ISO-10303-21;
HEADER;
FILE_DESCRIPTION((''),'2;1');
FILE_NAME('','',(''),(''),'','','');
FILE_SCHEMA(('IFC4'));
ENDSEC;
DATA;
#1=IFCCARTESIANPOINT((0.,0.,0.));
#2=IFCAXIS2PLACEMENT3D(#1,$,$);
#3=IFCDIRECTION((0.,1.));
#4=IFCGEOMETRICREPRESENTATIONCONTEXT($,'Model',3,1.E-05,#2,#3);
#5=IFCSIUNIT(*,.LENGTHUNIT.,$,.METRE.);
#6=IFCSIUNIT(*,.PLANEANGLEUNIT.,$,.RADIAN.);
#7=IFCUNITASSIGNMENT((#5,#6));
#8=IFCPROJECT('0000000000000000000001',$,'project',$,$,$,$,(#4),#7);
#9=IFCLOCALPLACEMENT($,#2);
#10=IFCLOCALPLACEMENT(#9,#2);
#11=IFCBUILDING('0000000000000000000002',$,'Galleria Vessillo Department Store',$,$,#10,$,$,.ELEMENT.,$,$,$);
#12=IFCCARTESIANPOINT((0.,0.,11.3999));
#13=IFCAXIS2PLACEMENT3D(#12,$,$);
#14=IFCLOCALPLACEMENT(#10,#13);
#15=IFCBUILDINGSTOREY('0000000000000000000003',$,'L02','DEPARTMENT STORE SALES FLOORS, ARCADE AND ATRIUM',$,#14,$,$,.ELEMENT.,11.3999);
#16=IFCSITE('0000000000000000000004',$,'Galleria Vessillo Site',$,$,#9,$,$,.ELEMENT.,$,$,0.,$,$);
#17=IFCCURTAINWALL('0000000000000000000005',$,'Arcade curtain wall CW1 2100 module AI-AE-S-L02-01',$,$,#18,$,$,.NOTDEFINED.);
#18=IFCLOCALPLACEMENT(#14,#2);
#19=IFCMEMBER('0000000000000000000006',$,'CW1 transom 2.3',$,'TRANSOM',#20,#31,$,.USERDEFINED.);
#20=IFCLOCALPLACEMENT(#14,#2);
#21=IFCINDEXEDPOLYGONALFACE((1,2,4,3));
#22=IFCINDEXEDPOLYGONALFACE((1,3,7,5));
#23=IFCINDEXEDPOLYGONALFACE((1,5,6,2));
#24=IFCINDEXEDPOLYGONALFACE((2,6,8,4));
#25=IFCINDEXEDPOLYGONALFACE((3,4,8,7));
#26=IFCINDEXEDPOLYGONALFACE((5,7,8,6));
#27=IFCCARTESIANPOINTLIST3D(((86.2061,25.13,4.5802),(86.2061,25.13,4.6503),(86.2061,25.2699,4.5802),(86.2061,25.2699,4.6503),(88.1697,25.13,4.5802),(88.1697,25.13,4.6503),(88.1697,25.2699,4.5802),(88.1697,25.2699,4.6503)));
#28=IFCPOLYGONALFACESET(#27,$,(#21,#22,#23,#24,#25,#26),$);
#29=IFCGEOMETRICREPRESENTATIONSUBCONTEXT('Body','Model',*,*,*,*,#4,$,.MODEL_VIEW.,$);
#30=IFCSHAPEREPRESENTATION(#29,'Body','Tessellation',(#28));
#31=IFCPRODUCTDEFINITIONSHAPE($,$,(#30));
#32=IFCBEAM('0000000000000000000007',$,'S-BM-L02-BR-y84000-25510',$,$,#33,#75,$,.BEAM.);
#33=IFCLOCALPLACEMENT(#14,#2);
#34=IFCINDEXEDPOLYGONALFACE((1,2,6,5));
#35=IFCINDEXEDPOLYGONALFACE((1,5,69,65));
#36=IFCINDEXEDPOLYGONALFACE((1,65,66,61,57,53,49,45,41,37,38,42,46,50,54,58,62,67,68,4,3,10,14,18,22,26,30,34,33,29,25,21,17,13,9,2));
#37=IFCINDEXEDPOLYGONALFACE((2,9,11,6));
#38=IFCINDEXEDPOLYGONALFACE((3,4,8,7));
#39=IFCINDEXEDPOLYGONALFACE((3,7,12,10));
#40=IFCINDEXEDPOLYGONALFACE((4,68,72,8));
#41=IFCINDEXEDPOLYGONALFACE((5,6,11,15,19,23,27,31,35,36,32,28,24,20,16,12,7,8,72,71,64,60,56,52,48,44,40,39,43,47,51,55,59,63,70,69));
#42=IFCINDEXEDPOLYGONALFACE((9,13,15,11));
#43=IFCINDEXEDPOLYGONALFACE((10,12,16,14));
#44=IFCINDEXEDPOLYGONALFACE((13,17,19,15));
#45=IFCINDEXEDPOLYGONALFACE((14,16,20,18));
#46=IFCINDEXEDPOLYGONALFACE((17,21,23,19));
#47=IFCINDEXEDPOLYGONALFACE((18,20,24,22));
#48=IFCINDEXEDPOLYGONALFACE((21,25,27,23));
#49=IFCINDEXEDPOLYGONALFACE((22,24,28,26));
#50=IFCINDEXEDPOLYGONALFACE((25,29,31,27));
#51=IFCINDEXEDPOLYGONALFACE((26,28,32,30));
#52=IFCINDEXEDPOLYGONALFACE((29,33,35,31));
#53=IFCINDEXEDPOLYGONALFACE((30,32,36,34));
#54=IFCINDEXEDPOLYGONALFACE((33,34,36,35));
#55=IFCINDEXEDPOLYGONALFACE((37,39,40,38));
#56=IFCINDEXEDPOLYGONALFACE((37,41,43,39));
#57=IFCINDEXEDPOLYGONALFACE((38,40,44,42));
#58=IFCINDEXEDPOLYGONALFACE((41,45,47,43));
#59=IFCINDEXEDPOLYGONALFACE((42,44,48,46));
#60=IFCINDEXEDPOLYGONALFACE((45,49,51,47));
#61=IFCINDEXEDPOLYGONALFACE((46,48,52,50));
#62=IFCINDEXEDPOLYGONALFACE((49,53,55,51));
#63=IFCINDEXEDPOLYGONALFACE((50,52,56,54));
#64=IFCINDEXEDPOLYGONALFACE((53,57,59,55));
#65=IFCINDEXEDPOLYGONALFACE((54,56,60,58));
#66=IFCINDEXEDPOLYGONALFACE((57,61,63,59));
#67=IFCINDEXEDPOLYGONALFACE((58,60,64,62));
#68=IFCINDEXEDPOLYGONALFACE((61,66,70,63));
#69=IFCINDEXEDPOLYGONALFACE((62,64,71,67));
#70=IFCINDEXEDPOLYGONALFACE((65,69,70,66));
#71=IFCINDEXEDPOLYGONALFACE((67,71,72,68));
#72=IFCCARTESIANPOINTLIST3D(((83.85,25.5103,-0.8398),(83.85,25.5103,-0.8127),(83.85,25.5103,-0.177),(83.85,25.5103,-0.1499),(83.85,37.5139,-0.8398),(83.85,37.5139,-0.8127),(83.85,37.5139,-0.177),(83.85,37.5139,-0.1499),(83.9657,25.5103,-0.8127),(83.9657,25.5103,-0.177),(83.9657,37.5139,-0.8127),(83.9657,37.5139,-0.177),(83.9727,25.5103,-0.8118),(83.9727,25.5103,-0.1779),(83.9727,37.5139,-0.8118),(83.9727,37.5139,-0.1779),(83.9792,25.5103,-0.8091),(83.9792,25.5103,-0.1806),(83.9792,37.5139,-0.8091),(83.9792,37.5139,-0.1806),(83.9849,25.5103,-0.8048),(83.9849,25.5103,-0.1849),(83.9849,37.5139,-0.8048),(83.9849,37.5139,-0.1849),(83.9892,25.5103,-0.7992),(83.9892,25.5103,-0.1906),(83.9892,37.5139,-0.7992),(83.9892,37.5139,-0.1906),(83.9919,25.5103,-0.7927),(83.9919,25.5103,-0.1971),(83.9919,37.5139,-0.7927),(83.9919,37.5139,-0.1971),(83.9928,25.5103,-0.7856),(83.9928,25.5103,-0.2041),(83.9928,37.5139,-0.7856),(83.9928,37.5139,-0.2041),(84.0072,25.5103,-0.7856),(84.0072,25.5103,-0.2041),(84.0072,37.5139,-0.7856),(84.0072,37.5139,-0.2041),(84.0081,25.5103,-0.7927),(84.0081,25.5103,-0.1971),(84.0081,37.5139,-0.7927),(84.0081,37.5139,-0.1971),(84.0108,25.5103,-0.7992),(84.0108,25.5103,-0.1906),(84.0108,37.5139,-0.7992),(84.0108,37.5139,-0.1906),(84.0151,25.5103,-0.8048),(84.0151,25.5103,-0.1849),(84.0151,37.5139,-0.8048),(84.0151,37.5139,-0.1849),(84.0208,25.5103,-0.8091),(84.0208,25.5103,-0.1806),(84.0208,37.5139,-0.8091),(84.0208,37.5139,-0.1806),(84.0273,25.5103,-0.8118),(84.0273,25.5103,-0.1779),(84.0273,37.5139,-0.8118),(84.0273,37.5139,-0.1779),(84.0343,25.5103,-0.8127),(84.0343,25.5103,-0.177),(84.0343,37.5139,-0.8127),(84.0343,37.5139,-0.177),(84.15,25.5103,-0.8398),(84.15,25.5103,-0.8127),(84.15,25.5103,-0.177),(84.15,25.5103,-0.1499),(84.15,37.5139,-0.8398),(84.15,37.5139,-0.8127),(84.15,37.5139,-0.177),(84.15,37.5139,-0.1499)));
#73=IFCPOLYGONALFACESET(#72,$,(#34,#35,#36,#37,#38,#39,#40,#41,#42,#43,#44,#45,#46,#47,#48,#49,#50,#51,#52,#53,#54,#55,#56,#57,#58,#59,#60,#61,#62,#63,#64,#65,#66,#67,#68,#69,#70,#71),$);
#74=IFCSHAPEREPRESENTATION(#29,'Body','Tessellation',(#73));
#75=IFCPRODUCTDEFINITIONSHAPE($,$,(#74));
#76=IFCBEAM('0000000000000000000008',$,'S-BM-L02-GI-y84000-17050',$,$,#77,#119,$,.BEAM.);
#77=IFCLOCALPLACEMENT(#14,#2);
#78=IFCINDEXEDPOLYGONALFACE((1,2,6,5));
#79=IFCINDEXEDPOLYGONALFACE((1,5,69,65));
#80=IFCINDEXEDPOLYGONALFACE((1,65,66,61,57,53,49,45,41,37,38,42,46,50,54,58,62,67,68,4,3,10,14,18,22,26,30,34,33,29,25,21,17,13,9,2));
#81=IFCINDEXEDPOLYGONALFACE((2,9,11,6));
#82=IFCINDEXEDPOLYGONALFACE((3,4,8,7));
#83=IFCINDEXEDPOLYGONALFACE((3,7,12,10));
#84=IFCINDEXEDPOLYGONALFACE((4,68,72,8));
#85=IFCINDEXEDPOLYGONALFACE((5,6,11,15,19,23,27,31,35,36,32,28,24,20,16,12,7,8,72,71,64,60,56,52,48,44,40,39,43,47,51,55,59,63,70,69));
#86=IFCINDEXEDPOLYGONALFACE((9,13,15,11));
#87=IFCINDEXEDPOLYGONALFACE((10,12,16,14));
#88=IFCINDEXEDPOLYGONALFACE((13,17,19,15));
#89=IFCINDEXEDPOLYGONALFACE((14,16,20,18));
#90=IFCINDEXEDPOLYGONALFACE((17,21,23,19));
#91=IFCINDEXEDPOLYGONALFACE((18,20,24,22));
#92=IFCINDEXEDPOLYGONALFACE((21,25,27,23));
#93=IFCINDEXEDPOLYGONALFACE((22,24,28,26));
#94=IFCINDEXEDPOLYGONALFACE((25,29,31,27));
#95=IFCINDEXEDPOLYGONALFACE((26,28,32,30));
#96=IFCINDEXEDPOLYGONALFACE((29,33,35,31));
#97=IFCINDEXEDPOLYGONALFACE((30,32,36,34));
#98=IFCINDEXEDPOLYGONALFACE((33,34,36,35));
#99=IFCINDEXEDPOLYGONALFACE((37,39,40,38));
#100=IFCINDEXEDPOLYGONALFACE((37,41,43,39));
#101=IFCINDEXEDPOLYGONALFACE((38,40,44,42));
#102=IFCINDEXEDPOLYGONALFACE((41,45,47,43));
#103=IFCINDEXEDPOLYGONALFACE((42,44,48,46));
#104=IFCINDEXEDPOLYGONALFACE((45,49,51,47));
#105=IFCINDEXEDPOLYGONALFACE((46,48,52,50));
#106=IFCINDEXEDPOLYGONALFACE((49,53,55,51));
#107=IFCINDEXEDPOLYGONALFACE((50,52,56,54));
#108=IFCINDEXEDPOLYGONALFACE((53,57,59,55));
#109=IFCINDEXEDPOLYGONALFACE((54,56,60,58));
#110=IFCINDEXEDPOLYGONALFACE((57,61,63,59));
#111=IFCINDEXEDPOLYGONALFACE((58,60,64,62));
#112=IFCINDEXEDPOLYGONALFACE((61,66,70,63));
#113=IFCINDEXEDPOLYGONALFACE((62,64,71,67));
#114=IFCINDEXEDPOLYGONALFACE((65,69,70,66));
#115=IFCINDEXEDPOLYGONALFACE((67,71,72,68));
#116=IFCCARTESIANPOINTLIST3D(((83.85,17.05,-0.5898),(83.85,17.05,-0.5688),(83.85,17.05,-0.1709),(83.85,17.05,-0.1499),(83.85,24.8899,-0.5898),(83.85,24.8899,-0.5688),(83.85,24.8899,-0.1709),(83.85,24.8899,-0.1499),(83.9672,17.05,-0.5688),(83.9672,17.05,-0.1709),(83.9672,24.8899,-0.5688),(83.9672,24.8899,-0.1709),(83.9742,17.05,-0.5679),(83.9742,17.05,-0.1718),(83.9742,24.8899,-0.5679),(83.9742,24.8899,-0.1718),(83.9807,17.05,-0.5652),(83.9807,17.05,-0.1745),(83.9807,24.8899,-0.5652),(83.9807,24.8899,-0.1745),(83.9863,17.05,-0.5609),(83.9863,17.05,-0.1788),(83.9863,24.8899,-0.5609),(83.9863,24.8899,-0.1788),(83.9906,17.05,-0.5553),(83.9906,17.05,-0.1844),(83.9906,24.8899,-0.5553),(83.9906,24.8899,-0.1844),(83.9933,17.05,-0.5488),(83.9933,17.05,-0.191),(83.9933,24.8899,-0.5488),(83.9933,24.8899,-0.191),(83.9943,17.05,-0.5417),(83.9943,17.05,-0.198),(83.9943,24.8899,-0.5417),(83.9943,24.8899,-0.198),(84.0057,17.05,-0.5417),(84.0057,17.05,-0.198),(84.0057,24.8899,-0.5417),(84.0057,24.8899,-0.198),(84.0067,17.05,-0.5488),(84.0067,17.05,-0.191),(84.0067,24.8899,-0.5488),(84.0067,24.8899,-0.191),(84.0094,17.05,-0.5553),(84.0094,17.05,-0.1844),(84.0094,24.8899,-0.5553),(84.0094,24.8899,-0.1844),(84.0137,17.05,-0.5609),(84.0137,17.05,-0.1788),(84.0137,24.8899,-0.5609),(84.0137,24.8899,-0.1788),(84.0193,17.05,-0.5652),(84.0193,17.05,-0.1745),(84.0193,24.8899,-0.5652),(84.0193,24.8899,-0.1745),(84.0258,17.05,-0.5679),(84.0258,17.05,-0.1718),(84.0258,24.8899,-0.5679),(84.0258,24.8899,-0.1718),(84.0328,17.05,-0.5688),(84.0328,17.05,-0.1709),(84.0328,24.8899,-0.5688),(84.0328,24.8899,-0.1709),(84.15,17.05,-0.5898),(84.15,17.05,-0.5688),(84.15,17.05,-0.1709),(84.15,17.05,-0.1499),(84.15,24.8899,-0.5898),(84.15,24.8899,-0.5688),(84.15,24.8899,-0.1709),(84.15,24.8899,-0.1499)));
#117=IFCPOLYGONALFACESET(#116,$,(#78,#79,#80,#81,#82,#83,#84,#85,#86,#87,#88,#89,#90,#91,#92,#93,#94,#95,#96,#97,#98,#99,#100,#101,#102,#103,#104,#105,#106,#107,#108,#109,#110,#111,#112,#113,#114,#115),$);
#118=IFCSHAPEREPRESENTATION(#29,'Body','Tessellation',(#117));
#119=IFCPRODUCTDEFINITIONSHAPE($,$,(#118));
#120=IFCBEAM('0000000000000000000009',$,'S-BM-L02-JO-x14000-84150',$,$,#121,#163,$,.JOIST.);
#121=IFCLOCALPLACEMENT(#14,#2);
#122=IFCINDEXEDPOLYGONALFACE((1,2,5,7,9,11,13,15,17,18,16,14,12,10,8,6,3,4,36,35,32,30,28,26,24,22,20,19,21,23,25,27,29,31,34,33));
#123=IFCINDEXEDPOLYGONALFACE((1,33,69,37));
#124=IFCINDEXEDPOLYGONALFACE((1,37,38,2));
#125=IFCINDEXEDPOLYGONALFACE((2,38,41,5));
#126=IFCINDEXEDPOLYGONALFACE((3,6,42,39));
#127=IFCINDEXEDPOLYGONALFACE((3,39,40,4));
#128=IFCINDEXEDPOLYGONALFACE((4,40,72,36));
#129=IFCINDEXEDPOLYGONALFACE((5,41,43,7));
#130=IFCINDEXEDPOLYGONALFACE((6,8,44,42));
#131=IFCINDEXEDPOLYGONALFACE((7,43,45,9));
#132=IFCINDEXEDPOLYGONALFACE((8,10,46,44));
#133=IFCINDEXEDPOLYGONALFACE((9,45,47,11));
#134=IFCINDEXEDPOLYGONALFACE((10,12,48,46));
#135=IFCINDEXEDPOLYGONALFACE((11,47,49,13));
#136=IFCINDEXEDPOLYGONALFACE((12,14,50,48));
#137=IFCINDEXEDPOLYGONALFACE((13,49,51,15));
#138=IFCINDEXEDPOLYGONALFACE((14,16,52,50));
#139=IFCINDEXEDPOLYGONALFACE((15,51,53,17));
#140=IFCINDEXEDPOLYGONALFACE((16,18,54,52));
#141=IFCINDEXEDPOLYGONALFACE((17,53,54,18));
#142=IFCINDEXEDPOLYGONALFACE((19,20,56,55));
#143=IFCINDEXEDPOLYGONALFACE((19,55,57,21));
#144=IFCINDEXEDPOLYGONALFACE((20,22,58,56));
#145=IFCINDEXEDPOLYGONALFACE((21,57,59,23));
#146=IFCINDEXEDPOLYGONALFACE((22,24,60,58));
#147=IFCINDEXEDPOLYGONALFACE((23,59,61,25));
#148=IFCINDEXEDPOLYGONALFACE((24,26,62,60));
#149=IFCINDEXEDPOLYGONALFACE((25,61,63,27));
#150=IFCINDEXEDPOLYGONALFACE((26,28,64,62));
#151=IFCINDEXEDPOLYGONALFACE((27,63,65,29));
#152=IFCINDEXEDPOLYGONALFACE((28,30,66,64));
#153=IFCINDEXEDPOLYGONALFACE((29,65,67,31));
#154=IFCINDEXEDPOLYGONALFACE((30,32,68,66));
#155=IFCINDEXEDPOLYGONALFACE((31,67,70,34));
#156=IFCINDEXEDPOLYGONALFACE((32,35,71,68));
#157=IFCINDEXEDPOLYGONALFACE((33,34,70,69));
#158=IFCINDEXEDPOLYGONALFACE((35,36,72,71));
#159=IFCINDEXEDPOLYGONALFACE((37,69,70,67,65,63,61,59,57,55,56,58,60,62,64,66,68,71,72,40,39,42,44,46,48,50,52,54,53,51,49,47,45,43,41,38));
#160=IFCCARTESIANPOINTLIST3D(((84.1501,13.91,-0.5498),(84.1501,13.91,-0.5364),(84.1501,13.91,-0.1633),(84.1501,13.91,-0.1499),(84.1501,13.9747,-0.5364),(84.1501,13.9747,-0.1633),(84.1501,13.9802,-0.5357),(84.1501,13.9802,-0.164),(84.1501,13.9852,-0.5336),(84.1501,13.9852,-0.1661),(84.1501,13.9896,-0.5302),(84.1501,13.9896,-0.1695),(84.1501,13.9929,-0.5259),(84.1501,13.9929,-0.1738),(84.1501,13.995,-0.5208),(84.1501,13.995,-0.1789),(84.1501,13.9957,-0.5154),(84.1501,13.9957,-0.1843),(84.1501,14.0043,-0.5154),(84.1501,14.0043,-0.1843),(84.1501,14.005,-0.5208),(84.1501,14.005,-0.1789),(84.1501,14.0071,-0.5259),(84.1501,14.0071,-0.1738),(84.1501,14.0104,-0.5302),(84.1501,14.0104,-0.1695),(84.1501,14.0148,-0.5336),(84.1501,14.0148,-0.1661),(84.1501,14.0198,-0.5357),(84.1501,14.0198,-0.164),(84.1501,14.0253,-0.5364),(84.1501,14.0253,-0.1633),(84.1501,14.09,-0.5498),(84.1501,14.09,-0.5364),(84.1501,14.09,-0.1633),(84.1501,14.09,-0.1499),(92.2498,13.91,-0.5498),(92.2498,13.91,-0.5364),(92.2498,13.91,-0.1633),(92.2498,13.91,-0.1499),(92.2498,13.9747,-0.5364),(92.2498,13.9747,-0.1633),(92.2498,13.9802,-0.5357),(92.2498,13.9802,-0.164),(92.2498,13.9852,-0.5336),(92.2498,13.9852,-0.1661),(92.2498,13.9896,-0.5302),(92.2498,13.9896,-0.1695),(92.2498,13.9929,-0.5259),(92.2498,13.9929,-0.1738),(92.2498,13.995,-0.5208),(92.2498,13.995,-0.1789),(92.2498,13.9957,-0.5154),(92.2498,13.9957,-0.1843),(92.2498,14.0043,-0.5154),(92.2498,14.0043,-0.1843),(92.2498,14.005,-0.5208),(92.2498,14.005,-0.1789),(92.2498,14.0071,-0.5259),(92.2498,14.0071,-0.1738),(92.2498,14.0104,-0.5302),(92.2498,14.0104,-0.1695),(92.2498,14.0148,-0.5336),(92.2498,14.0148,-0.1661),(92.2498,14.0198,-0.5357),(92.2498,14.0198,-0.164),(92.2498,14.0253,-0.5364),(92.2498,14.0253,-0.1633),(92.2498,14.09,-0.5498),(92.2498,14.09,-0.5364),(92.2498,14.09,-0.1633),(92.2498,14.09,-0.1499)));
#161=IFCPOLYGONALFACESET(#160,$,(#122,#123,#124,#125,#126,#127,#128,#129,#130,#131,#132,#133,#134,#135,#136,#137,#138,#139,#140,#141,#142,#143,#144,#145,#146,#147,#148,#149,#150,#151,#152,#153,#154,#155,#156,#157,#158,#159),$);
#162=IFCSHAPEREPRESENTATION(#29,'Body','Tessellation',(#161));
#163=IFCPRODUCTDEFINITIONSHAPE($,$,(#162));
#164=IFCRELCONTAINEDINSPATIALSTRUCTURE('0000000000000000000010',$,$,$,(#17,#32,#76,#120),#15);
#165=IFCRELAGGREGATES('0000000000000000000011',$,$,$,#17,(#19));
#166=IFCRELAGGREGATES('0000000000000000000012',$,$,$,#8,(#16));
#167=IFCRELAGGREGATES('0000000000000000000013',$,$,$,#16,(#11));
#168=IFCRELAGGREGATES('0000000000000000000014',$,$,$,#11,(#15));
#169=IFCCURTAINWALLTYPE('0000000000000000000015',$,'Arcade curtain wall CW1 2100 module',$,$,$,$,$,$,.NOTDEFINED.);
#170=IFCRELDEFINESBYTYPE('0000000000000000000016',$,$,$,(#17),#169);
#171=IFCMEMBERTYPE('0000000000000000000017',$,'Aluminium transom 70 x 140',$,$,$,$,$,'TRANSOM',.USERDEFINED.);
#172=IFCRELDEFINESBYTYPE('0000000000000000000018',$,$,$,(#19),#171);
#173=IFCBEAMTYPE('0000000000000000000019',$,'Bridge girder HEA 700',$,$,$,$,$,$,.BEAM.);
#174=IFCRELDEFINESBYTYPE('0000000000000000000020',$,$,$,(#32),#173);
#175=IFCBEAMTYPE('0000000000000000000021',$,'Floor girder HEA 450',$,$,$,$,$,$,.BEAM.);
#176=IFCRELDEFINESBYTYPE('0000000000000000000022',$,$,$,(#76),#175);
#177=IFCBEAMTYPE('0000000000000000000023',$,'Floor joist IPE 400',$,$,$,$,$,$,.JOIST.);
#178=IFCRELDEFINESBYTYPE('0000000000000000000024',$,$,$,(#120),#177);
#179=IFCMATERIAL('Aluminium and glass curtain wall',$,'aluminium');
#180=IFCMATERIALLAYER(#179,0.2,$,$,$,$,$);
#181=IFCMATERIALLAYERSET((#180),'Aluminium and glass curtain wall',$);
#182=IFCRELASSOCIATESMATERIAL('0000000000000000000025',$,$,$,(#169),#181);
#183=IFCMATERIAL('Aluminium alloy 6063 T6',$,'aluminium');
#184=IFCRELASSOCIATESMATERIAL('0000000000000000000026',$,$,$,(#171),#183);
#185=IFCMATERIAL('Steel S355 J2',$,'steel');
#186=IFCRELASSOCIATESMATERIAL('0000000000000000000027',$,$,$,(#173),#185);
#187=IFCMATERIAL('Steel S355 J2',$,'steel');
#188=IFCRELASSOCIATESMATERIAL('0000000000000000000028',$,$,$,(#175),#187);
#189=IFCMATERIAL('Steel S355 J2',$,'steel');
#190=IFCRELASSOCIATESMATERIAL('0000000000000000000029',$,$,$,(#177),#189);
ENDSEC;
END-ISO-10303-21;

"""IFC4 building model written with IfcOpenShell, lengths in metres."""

from ifc_helpers import new_model, si_unit, direction, frame, origin, origin_2d, place, context, subcontext, project, spatial, rectangle, i_section, extrude, material, layer, layer_set, material_profile, profile_set, type_object, element, aggregate, save


model = new_model("IFC4")

# Units and contexts
model_context = context("Model", 3, precision=1e-05, world=origin(), true_north=direction((0.0, 1.0)))
body_context = subcontext(model_context, "Body", "Model", "MODEL_VIEW")
ifc_project = project(units=[si_unit("LENGTHUNIT", "METRE"), si_unit("PLANEANGLEUNIT", "RADIAN")], contexts=[model_context])

# Site, building, storey
site_placement = place(None, origin())
site = spatial("IfcSite", under=ifc_project, at=site_placement, Name="Galleria Vessillo Site", CompositionType="ELEMENT", RefElevation=0.0)
building_placement = place(site_placement, origin())
building = spatial("IfcBuilding", under=site, at=building_placement, Name="Galleria Vessillo Department Store", CompositionType="ELEMENT")
storey_placement = place(building_placement, frame((0.0, 0.0, 11.3999)))
storey = spatial("IfcBuildingStorey", under=building, at=storey_placement, Name="L02", Description="DEPARTMENT STORE SALES FLOORS, ARCADE AND ATRIUM", CompositionType="ELEMENT", Elevation=11.3999)

# Curtain wall, member
ifc_material_1 = material(Name="Aluminium and glass curtain wall", Category="aluminium")
ifc_layer_1 = layer(ifc_material_1, 0.2)
ifc_layer_set_1 = layer_set([ifc_layer_1], Name="Aluminium and glass curtain wall")
curtain_wall_type = type_object("IfcCurtainWallType", Name="Arcade curtain wall CW1 2100 module", PredefinedType="NOTDEFINED", material=ifc_layer_set_1)
curtain_wall_placement = place(storey_placement, origin())
curtain_wall = element("IfcCurtainWall", 1, at=curtain_wall_placement, inside=storey, type_object=curtain_wall_type, Name="Arcade curtain wall CW1 2100 module AI-AE-S-L02-01", PredefinedType="NOTDEFINED")
ifc_material_2 = material(Name="Aluminium alloy 6063 T6", Category="aluminium")
ifc_material_profile_1 = material_profile(ifc_material_2, rectangle(XDim=0.1399, YDim=0.0701, at=origin_2d()), Name="AL 70x140")
ifc_profile_set_1 = profile_set([ifc_material_profile_1], Name="Aluminium alloy 6063 T6")
member_type_1 = type_object("IfcMemberType", Name="Aluminium transom 70 x 140", ElementType="TRANSOM", PredefinedType="USERDEFINED", material=ifc_profile_set_1)
member_1_placement = place(storey_placement, frame((86.2061, 25.2, 4.6152), z_axis=(1.0, 0.0, 0.0), x_axis=(0.0, 1.0, 0.0)))
member_1 = element("IfcMember", 2, at=member_1_placement, type_object=member_type_1, Name="CW1 transom 2.3", ObjectType="TRANSOM", PredefinedType="USERDEFINED", context=body_context, shape_type="SweptSolid", body=[
    extrude(rectangle(XDim=0.1399, YDim=0.0701, at=origin_2d()), origin(), (0.0, 0.0, 1.0), 1.9636),
])

# Beams
ifc_material_3 = material(Name="Steel S355 J2", Category="steel")
ifc_material_profile_2 = material_profile(ifc_material_3, i_section(OverallWidth=0.3, OverallDepth=0.6899, WebThickness=0.0144, FlangeThickness=0.0271, FilletRadius=0.0271, at=origin_2d()), Name="HEA 700")
ifc_profile_set_2 = profile_set([ifc_material_profile_2], Name="Steel S355 J2")
beam_type_1 = type_object("IfcBeamType", Name="Bridge girder HEA 700", PredefinedType="BEAM", material=ifc_profile_set_2)
beam_1_placement = place(storey_placement, frame((84.0, 25.5103, -0.4949), z_axis=(0.0, 1.0, 0.0), x_axis=(-1.0, 0.0, 0.0)))
element("IfcBeam", 3, at=beam_1_placement, inside=storey, type_object=beam_type_1, Name="S-BM-L02-BR-y84000-25510", PredefinedType="BEAM", context=body_context, shape_type="SweptSolid", body=[
    extrude(i_section(OverallWidth=0.3, OverallDepth=0.6899, WebThickness=0.0144, FlangeThickness=0.0271, FilletRadius=0.0271, at=origin_2d()), origin(), (0.0, 0.0, 1.0), 12.0037),
])
ifc_material_4 = material(Name="Steel S355 J2", Category="steel")
ifc_material_profile_3 = material_profile(ifc_material_4, i_section(OverallWidth=0.3, OverallDepth=0.4399, WebThickness=0.0115, FlangeThickness=0.021, FilletRadius=0.0271, at=origin_2d()), Name="HEA 450")
ifc_profile_set_3 = profile_set([ifc_material_profile_3], Name="Steel S355 J2")
beam_type_2 = type_object("IfcBeamType", Name="Floor girder HEA 450", PredefinedType="BEAM", material=ifc_profile_set_3)
beam_2_placement = place(storey_placement, frame((84.0, 17.05, -0.3699), z_axis=(0.0, 1.0, 0.0), x_axis=(-1.0, 0.0, 0.0)))
element("IfcBeam", 4, at=beam_2_placement, inside=storey, type_object=beam_type_2, Name="S-BM-L02-GI-y84000-17050", PredefinedType="BEAM", context=body_context, shape_type="SweptSolid", body=[
    extrude(i_section(OverallWidth=0.3, OverallDepth=0.4399, WebThickness=0.0115, FlangeThickness=0.021, FilletRadius=0.0271, at=origin_2d()), origin(), (0.0, 0.0, 1.0), 7.8398),
])
ifc_material_5 = material(Name="Steel S355 J2", Category="steel")
ifc_material_profile_4 = material_profile(ifc_material_5, i_section(OverallWidth=0.1799, OverallDepth=0.3999, WebThickness=0.0085, FlangeThickness=0.0134, FilletRadius=0.021, at=origin_2d()), Name="IPE 400")
ifc_profile_set_4 = profile_set([ifc_material_profile_4], Name="Steel S355 J2")
beam_type_3 = type_object("IfcBeamType", Name="Floor joist IPE 400", PredefinedType="JOIST", material=ifc_profile_set_4)
for number, where, z_axis, x_axis, name in (
    (5, (84.1501, 14.0, -0.3499), (1.0, 0.0, 0.0), (0.0, 1.0, 0.0), "S-BM-L02-JO-x14000-84150"),
):
    element("IfcBeam", number, at=place(storey_placement, frame(where, z_axis=z_axis, x_axis=x_axis)), inside=storey, type_object=beam_type_3, Name=name, PredefinedType="JOIST", context=body_context, shape_type="SweptSolid", body=[
        extrude(i_section(OverallWidth=0.1799, OverallDepth=0.3999, WebThickness=0.0085, FlangeThickness=0.0134, FilletRadius=0.021, at=origin_2d()), origin(), (0.0, 0.0, 1.0), 8.0996),
    ])

aggregate(curtain_wall, [member_1])

save(model, "model.ifc")
